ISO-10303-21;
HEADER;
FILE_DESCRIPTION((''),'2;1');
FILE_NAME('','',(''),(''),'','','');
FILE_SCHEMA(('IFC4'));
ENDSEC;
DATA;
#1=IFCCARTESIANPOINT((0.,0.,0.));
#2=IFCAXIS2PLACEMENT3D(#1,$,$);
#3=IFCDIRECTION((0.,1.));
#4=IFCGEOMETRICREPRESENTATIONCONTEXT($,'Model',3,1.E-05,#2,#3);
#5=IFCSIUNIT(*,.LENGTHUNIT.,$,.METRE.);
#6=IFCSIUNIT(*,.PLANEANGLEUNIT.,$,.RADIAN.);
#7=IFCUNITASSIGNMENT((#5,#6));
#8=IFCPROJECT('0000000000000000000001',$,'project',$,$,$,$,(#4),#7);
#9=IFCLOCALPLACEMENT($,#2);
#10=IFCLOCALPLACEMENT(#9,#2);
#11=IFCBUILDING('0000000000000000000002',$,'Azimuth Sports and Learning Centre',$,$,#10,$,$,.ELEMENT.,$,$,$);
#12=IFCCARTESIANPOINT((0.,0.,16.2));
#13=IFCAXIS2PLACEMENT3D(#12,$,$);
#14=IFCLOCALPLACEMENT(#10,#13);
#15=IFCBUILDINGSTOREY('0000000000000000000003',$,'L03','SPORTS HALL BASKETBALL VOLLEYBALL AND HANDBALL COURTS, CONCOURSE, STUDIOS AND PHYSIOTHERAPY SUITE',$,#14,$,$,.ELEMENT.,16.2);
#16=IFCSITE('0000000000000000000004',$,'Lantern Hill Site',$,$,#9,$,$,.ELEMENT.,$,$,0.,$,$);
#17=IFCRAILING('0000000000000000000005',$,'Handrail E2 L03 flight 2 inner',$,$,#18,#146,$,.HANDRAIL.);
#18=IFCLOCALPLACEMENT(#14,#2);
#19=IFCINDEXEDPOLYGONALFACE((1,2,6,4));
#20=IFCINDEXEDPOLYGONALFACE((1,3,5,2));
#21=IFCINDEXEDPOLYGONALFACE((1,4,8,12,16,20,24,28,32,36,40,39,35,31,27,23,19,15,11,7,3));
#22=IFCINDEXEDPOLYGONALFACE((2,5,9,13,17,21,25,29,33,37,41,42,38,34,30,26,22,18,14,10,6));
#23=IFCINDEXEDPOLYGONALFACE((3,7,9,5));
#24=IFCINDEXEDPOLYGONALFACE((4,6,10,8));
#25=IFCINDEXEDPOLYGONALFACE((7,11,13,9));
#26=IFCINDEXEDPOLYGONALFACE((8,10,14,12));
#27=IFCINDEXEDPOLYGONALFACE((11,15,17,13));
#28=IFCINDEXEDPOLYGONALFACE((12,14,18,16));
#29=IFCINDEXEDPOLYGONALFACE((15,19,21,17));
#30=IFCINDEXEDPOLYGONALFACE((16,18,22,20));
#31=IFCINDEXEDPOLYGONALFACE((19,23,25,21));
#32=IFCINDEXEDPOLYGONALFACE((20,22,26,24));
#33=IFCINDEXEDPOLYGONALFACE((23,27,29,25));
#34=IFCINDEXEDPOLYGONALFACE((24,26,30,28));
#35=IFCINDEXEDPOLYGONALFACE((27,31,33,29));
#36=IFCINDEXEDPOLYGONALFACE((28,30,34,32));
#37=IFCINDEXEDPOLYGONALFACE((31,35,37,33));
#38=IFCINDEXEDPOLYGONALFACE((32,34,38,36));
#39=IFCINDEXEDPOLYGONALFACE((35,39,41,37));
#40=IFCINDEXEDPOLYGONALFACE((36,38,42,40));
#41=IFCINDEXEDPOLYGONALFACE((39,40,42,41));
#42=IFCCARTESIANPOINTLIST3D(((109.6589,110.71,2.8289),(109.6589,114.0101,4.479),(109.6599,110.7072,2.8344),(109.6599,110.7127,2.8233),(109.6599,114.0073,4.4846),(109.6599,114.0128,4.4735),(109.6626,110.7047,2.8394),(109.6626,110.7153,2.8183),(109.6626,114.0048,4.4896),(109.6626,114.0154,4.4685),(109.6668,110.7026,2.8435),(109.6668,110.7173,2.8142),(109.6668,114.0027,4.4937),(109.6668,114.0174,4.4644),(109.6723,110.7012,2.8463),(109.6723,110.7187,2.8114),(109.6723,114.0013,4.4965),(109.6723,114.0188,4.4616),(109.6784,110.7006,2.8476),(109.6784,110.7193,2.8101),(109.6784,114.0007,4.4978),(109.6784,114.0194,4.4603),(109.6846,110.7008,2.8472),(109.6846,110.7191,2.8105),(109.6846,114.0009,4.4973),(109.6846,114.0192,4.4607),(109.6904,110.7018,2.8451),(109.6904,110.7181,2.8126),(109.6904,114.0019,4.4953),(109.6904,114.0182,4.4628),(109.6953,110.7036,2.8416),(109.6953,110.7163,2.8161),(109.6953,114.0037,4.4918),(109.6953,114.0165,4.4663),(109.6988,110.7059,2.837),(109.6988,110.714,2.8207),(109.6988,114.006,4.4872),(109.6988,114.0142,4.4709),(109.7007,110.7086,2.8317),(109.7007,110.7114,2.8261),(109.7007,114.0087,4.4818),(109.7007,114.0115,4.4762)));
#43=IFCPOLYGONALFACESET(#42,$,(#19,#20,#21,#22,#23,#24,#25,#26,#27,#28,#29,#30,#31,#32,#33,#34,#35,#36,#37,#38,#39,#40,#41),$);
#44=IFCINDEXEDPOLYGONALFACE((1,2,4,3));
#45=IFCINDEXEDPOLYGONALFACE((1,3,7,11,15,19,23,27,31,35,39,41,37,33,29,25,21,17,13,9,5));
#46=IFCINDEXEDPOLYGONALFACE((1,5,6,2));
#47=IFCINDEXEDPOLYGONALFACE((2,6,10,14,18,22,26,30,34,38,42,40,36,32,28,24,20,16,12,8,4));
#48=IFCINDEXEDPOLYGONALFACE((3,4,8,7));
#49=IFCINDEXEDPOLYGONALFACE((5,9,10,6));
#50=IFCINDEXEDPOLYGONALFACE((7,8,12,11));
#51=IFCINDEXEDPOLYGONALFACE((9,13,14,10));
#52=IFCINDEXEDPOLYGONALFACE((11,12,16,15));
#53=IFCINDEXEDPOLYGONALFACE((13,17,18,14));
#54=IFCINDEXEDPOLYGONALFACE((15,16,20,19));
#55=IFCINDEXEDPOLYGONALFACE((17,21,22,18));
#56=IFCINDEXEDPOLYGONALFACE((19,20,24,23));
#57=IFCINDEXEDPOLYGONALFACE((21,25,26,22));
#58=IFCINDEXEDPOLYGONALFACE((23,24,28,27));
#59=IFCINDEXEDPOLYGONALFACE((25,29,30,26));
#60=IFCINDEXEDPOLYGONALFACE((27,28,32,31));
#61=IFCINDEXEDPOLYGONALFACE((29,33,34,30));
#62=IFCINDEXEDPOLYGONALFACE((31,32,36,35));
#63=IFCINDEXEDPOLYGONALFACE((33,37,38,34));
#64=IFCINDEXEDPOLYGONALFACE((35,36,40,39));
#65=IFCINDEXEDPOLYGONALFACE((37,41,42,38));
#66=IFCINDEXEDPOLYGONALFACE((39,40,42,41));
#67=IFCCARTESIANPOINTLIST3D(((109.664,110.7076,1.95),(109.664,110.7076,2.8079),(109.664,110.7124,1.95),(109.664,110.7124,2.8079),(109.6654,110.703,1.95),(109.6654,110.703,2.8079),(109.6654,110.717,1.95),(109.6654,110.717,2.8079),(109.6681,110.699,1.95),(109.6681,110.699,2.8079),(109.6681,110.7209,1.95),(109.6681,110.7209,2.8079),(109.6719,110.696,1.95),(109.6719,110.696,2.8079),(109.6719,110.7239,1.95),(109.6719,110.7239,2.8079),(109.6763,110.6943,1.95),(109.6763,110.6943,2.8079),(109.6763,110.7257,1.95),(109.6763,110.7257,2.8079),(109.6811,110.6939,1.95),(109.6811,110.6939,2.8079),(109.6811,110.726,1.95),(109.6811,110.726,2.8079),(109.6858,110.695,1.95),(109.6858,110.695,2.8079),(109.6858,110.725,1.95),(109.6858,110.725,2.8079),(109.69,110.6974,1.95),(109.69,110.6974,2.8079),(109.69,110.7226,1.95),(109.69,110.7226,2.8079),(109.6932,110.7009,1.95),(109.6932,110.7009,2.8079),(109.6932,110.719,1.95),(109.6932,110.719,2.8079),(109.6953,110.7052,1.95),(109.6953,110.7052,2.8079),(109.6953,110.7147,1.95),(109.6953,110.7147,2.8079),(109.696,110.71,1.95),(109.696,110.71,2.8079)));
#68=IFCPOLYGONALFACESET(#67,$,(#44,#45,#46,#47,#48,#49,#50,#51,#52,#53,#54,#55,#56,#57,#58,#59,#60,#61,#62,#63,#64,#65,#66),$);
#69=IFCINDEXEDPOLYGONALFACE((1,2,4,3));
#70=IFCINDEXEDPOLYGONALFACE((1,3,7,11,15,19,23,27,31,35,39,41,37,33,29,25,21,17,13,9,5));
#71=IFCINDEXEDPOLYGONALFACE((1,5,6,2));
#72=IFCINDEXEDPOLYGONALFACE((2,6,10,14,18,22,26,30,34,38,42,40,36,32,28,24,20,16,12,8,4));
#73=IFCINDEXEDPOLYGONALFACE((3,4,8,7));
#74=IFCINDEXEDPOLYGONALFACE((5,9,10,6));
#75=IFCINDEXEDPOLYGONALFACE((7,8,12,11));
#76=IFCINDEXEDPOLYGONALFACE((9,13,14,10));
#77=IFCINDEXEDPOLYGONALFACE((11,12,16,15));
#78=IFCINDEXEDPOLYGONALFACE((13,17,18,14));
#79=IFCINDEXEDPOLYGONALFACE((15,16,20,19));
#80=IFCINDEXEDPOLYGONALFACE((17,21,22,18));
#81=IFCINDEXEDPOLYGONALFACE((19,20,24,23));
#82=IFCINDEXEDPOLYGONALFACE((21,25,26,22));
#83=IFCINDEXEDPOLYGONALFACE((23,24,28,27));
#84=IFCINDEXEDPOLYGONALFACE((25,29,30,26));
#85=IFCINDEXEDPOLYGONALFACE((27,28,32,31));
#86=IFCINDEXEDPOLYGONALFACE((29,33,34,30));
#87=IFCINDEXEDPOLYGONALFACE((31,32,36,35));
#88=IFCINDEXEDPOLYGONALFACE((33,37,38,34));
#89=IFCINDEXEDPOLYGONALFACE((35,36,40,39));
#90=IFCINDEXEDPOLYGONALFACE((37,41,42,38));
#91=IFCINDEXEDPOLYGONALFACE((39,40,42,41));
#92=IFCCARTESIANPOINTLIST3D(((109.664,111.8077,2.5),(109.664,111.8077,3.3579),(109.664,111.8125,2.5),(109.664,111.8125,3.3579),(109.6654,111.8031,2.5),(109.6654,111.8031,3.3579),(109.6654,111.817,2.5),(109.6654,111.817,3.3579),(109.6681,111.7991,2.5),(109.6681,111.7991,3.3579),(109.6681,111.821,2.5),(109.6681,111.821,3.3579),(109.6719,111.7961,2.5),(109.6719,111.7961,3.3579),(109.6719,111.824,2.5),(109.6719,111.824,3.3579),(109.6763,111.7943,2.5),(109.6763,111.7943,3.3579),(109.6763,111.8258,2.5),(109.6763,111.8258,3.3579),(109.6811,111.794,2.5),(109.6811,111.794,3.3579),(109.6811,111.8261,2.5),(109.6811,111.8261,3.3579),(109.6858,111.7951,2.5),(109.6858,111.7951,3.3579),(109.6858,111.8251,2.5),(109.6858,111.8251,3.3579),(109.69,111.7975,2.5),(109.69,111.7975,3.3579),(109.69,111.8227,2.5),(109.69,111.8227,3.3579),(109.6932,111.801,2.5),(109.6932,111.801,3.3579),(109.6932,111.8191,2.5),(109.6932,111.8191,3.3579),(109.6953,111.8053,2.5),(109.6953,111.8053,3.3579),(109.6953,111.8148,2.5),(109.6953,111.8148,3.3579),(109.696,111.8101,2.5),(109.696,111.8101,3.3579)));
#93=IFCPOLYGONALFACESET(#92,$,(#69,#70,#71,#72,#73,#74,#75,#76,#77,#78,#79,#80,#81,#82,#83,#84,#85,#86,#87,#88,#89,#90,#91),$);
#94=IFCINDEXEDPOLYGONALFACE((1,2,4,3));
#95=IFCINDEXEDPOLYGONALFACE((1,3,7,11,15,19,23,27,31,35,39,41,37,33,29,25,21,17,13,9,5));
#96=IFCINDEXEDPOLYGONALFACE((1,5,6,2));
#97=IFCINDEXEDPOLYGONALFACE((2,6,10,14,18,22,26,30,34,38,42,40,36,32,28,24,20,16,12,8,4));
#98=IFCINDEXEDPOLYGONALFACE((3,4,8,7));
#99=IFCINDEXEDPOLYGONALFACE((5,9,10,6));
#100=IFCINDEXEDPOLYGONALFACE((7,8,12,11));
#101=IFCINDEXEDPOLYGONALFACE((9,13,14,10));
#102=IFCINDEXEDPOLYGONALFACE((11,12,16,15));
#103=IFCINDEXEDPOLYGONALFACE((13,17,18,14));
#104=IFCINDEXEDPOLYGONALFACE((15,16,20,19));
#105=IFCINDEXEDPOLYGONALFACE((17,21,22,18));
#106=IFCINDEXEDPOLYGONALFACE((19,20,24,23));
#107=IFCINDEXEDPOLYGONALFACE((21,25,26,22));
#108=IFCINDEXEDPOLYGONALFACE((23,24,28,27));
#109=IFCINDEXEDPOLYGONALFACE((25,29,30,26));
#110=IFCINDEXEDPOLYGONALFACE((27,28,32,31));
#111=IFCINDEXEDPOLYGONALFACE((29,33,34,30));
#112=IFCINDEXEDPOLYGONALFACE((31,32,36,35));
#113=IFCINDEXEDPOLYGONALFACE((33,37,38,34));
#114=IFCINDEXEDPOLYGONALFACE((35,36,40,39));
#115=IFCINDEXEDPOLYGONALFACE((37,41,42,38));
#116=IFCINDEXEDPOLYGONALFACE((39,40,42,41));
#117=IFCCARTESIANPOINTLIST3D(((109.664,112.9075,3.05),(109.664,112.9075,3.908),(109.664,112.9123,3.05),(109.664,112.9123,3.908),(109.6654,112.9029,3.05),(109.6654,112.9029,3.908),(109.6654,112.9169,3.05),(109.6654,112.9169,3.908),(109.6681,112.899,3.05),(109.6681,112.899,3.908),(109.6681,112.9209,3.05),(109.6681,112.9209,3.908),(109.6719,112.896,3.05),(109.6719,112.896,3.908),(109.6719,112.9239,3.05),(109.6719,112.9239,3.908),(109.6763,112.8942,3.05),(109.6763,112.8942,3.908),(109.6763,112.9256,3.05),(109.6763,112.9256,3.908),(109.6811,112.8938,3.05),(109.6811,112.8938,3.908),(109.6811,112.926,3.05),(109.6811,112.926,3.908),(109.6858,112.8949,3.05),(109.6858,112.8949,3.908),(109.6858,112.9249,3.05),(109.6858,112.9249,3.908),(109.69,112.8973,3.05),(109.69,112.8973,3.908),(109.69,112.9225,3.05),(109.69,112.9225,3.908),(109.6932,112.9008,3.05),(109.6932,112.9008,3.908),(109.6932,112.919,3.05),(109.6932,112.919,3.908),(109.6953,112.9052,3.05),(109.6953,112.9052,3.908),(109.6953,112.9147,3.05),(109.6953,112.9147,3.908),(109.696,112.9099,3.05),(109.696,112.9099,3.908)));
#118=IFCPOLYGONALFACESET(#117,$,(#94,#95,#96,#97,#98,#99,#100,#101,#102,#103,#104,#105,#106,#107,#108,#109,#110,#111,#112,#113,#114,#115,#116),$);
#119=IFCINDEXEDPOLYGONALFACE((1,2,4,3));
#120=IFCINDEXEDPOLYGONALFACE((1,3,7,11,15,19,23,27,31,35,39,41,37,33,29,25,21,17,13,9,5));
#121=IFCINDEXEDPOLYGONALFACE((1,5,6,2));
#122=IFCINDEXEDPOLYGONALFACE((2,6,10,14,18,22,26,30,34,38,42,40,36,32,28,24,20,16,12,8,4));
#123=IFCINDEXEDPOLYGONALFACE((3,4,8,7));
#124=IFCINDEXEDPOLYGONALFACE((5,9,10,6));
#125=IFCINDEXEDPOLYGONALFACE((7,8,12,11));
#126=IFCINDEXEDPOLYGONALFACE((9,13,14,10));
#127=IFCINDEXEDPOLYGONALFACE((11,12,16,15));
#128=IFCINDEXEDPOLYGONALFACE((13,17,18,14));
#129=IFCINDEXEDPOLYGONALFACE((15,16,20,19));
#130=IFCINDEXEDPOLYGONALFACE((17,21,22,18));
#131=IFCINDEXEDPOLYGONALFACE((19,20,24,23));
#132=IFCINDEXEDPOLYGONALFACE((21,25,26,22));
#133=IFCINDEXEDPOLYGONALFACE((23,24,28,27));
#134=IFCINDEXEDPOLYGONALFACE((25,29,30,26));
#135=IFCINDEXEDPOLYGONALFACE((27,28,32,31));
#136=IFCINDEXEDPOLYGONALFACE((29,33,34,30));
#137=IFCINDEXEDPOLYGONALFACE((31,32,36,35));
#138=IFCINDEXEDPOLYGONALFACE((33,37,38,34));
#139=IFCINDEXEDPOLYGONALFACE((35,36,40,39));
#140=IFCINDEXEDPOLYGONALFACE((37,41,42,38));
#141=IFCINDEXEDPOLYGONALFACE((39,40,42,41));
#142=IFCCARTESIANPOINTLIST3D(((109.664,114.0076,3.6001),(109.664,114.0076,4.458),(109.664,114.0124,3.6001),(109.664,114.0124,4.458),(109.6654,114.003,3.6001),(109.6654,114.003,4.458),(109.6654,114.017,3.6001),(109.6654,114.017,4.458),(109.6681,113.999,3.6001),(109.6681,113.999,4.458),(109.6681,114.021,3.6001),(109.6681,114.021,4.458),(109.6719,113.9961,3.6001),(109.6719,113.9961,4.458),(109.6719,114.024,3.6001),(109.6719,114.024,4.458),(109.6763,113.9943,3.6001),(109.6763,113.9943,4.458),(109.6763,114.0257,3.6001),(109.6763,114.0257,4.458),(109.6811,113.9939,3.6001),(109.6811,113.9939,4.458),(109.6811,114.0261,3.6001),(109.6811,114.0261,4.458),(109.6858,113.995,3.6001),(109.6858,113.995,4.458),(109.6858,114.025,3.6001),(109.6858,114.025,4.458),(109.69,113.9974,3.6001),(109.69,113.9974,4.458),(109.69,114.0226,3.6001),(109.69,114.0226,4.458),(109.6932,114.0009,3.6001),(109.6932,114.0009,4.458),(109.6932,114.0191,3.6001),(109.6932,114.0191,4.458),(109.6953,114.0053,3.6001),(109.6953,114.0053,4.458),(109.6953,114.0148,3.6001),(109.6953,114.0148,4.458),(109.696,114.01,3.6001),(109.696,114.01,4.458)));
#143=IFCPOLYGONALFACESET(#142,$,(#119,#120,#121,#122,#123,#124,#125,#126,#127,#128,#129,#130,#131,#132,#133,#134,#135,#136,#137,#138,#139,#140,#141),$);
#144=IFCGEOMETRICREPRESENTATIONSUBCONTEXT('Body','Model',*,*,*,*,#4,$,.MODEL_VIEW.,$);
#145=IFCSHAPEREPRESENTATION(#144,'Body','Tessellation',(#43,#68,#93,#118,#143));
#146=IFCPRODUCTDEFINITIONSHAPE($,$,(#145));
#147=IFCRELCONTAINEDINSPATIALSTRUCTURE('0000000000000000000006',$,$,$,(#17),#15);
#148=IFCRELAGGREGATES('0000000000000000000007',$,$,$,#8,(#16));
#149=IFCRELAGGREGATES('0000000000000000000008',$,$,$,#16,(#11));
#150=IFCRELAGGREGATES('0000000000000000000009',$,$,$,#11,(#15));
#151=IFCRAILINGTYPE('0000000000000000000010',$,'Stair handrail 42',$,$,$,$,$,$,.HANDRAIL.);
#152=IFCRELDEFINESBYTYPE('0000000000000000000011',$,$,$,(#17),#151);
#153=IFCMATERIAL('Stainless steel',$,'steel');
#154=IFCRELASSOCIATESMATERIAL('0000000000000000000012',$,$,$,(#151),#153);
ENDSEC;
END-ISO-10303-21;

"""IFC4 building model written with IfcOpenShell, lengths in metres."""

from ifc_helpers import new_model, si_unit, direction, frame, origin, origin_2d, place, context, subcontext, project, spatial, circle, extrude, material, type_object, element, save


model = new_model("IFC4")

# Units and contexts
model_context = context("Model", 3, precision=1e-05, world=origin(), true_north=direction((0.0, 1.0)))
body_context = subcontext(model_context, "Body", "Model", "MODEL_VIEW")
ifc_project = project(units=[si_unit("LENGTHUNIT", "METRE"), si_unit("PLANEANGLEUNIT", "RADIAN")], contexts=[model_context])

# Site, building, storey
site_placement = place(None, origin())
site = spatial("IfcSite", under=ifc_project, at=site_placement, Name="Lantern Hill Site", CompositionType="ELEMENT", RefElevation=0.0)
building_placement = place(site_placement, origin())
building = spatial("IfcBuilding", under=site, at=building_placement, Name="Azimuth Sports and Learning Centre", CompositionType="ELEMENT")
storey_placement = place(building_placement, frame((0.0, 0.0, 16.2)))
storey = spatial("IfcBuildingStorey", under=building, at=storey_placement, Name="L03", Description="SPORTS HALL BASKETBALL VOLLEYBALL AND HANDBALL COURTS, CONCOURSE, STUDIOS AND PHYSIOTHERAPY SUITE", CompositionType="ELEMENT", Elevation=16.2)

# Railing
ifc_material_1 = material(Name="Stainless steel", Category="steel")
railing_type = type_object("IfcRailingType", Name="Stair handrail 42", PredefinedType="HANDRAIL", material=ifc_material_1)
for number, where, name in (
    (1, (109.6799, 110.71, 1.95), "Handrail E2 L03 flight 2 inner"),
):
    element("IfcRailing", number, at=place(storey_placement, frame(where)), inside=storey, type_object=railing_type, Name=name, PredefinedType="HANDRAIL", context=body_context, shape_type="SweptSolid", body=[
        extrude(circle(Radius=0.021, at=origin_2d()), frame((0.0, 0.0, 0.8789), z_axis=(0.0, 0.894414, 0.44724), x_axis=(-1.0, 0.0, 0.0)), (0.0, 0.0, 1.0), 3.6897),
        extrude(circle(Radius=0.0161, at=origin_2d()), origin(), (0.0, 0.0, 1.0), 0.8579),
        extrude(circle(Radius=0.0161, at=origin_2d()), frame((0.0, 1.1001, 0.55)), (0.0, 0.0, 1.0), 0.8579),
        extrude(circle(Radius=0.0161, at=origin_2d()), frame((0.0, 2.2, 1.1001)), (0.0, 0.0, 1.0), 0.8579),
        extrude(circle(Radius=0.0161, at=origin_2d()), frame((0.0, 3.3, 1.6501)), (0.0, 0.0, 1.0), 0.8579),
    ])

save(model, "model.ifc")
